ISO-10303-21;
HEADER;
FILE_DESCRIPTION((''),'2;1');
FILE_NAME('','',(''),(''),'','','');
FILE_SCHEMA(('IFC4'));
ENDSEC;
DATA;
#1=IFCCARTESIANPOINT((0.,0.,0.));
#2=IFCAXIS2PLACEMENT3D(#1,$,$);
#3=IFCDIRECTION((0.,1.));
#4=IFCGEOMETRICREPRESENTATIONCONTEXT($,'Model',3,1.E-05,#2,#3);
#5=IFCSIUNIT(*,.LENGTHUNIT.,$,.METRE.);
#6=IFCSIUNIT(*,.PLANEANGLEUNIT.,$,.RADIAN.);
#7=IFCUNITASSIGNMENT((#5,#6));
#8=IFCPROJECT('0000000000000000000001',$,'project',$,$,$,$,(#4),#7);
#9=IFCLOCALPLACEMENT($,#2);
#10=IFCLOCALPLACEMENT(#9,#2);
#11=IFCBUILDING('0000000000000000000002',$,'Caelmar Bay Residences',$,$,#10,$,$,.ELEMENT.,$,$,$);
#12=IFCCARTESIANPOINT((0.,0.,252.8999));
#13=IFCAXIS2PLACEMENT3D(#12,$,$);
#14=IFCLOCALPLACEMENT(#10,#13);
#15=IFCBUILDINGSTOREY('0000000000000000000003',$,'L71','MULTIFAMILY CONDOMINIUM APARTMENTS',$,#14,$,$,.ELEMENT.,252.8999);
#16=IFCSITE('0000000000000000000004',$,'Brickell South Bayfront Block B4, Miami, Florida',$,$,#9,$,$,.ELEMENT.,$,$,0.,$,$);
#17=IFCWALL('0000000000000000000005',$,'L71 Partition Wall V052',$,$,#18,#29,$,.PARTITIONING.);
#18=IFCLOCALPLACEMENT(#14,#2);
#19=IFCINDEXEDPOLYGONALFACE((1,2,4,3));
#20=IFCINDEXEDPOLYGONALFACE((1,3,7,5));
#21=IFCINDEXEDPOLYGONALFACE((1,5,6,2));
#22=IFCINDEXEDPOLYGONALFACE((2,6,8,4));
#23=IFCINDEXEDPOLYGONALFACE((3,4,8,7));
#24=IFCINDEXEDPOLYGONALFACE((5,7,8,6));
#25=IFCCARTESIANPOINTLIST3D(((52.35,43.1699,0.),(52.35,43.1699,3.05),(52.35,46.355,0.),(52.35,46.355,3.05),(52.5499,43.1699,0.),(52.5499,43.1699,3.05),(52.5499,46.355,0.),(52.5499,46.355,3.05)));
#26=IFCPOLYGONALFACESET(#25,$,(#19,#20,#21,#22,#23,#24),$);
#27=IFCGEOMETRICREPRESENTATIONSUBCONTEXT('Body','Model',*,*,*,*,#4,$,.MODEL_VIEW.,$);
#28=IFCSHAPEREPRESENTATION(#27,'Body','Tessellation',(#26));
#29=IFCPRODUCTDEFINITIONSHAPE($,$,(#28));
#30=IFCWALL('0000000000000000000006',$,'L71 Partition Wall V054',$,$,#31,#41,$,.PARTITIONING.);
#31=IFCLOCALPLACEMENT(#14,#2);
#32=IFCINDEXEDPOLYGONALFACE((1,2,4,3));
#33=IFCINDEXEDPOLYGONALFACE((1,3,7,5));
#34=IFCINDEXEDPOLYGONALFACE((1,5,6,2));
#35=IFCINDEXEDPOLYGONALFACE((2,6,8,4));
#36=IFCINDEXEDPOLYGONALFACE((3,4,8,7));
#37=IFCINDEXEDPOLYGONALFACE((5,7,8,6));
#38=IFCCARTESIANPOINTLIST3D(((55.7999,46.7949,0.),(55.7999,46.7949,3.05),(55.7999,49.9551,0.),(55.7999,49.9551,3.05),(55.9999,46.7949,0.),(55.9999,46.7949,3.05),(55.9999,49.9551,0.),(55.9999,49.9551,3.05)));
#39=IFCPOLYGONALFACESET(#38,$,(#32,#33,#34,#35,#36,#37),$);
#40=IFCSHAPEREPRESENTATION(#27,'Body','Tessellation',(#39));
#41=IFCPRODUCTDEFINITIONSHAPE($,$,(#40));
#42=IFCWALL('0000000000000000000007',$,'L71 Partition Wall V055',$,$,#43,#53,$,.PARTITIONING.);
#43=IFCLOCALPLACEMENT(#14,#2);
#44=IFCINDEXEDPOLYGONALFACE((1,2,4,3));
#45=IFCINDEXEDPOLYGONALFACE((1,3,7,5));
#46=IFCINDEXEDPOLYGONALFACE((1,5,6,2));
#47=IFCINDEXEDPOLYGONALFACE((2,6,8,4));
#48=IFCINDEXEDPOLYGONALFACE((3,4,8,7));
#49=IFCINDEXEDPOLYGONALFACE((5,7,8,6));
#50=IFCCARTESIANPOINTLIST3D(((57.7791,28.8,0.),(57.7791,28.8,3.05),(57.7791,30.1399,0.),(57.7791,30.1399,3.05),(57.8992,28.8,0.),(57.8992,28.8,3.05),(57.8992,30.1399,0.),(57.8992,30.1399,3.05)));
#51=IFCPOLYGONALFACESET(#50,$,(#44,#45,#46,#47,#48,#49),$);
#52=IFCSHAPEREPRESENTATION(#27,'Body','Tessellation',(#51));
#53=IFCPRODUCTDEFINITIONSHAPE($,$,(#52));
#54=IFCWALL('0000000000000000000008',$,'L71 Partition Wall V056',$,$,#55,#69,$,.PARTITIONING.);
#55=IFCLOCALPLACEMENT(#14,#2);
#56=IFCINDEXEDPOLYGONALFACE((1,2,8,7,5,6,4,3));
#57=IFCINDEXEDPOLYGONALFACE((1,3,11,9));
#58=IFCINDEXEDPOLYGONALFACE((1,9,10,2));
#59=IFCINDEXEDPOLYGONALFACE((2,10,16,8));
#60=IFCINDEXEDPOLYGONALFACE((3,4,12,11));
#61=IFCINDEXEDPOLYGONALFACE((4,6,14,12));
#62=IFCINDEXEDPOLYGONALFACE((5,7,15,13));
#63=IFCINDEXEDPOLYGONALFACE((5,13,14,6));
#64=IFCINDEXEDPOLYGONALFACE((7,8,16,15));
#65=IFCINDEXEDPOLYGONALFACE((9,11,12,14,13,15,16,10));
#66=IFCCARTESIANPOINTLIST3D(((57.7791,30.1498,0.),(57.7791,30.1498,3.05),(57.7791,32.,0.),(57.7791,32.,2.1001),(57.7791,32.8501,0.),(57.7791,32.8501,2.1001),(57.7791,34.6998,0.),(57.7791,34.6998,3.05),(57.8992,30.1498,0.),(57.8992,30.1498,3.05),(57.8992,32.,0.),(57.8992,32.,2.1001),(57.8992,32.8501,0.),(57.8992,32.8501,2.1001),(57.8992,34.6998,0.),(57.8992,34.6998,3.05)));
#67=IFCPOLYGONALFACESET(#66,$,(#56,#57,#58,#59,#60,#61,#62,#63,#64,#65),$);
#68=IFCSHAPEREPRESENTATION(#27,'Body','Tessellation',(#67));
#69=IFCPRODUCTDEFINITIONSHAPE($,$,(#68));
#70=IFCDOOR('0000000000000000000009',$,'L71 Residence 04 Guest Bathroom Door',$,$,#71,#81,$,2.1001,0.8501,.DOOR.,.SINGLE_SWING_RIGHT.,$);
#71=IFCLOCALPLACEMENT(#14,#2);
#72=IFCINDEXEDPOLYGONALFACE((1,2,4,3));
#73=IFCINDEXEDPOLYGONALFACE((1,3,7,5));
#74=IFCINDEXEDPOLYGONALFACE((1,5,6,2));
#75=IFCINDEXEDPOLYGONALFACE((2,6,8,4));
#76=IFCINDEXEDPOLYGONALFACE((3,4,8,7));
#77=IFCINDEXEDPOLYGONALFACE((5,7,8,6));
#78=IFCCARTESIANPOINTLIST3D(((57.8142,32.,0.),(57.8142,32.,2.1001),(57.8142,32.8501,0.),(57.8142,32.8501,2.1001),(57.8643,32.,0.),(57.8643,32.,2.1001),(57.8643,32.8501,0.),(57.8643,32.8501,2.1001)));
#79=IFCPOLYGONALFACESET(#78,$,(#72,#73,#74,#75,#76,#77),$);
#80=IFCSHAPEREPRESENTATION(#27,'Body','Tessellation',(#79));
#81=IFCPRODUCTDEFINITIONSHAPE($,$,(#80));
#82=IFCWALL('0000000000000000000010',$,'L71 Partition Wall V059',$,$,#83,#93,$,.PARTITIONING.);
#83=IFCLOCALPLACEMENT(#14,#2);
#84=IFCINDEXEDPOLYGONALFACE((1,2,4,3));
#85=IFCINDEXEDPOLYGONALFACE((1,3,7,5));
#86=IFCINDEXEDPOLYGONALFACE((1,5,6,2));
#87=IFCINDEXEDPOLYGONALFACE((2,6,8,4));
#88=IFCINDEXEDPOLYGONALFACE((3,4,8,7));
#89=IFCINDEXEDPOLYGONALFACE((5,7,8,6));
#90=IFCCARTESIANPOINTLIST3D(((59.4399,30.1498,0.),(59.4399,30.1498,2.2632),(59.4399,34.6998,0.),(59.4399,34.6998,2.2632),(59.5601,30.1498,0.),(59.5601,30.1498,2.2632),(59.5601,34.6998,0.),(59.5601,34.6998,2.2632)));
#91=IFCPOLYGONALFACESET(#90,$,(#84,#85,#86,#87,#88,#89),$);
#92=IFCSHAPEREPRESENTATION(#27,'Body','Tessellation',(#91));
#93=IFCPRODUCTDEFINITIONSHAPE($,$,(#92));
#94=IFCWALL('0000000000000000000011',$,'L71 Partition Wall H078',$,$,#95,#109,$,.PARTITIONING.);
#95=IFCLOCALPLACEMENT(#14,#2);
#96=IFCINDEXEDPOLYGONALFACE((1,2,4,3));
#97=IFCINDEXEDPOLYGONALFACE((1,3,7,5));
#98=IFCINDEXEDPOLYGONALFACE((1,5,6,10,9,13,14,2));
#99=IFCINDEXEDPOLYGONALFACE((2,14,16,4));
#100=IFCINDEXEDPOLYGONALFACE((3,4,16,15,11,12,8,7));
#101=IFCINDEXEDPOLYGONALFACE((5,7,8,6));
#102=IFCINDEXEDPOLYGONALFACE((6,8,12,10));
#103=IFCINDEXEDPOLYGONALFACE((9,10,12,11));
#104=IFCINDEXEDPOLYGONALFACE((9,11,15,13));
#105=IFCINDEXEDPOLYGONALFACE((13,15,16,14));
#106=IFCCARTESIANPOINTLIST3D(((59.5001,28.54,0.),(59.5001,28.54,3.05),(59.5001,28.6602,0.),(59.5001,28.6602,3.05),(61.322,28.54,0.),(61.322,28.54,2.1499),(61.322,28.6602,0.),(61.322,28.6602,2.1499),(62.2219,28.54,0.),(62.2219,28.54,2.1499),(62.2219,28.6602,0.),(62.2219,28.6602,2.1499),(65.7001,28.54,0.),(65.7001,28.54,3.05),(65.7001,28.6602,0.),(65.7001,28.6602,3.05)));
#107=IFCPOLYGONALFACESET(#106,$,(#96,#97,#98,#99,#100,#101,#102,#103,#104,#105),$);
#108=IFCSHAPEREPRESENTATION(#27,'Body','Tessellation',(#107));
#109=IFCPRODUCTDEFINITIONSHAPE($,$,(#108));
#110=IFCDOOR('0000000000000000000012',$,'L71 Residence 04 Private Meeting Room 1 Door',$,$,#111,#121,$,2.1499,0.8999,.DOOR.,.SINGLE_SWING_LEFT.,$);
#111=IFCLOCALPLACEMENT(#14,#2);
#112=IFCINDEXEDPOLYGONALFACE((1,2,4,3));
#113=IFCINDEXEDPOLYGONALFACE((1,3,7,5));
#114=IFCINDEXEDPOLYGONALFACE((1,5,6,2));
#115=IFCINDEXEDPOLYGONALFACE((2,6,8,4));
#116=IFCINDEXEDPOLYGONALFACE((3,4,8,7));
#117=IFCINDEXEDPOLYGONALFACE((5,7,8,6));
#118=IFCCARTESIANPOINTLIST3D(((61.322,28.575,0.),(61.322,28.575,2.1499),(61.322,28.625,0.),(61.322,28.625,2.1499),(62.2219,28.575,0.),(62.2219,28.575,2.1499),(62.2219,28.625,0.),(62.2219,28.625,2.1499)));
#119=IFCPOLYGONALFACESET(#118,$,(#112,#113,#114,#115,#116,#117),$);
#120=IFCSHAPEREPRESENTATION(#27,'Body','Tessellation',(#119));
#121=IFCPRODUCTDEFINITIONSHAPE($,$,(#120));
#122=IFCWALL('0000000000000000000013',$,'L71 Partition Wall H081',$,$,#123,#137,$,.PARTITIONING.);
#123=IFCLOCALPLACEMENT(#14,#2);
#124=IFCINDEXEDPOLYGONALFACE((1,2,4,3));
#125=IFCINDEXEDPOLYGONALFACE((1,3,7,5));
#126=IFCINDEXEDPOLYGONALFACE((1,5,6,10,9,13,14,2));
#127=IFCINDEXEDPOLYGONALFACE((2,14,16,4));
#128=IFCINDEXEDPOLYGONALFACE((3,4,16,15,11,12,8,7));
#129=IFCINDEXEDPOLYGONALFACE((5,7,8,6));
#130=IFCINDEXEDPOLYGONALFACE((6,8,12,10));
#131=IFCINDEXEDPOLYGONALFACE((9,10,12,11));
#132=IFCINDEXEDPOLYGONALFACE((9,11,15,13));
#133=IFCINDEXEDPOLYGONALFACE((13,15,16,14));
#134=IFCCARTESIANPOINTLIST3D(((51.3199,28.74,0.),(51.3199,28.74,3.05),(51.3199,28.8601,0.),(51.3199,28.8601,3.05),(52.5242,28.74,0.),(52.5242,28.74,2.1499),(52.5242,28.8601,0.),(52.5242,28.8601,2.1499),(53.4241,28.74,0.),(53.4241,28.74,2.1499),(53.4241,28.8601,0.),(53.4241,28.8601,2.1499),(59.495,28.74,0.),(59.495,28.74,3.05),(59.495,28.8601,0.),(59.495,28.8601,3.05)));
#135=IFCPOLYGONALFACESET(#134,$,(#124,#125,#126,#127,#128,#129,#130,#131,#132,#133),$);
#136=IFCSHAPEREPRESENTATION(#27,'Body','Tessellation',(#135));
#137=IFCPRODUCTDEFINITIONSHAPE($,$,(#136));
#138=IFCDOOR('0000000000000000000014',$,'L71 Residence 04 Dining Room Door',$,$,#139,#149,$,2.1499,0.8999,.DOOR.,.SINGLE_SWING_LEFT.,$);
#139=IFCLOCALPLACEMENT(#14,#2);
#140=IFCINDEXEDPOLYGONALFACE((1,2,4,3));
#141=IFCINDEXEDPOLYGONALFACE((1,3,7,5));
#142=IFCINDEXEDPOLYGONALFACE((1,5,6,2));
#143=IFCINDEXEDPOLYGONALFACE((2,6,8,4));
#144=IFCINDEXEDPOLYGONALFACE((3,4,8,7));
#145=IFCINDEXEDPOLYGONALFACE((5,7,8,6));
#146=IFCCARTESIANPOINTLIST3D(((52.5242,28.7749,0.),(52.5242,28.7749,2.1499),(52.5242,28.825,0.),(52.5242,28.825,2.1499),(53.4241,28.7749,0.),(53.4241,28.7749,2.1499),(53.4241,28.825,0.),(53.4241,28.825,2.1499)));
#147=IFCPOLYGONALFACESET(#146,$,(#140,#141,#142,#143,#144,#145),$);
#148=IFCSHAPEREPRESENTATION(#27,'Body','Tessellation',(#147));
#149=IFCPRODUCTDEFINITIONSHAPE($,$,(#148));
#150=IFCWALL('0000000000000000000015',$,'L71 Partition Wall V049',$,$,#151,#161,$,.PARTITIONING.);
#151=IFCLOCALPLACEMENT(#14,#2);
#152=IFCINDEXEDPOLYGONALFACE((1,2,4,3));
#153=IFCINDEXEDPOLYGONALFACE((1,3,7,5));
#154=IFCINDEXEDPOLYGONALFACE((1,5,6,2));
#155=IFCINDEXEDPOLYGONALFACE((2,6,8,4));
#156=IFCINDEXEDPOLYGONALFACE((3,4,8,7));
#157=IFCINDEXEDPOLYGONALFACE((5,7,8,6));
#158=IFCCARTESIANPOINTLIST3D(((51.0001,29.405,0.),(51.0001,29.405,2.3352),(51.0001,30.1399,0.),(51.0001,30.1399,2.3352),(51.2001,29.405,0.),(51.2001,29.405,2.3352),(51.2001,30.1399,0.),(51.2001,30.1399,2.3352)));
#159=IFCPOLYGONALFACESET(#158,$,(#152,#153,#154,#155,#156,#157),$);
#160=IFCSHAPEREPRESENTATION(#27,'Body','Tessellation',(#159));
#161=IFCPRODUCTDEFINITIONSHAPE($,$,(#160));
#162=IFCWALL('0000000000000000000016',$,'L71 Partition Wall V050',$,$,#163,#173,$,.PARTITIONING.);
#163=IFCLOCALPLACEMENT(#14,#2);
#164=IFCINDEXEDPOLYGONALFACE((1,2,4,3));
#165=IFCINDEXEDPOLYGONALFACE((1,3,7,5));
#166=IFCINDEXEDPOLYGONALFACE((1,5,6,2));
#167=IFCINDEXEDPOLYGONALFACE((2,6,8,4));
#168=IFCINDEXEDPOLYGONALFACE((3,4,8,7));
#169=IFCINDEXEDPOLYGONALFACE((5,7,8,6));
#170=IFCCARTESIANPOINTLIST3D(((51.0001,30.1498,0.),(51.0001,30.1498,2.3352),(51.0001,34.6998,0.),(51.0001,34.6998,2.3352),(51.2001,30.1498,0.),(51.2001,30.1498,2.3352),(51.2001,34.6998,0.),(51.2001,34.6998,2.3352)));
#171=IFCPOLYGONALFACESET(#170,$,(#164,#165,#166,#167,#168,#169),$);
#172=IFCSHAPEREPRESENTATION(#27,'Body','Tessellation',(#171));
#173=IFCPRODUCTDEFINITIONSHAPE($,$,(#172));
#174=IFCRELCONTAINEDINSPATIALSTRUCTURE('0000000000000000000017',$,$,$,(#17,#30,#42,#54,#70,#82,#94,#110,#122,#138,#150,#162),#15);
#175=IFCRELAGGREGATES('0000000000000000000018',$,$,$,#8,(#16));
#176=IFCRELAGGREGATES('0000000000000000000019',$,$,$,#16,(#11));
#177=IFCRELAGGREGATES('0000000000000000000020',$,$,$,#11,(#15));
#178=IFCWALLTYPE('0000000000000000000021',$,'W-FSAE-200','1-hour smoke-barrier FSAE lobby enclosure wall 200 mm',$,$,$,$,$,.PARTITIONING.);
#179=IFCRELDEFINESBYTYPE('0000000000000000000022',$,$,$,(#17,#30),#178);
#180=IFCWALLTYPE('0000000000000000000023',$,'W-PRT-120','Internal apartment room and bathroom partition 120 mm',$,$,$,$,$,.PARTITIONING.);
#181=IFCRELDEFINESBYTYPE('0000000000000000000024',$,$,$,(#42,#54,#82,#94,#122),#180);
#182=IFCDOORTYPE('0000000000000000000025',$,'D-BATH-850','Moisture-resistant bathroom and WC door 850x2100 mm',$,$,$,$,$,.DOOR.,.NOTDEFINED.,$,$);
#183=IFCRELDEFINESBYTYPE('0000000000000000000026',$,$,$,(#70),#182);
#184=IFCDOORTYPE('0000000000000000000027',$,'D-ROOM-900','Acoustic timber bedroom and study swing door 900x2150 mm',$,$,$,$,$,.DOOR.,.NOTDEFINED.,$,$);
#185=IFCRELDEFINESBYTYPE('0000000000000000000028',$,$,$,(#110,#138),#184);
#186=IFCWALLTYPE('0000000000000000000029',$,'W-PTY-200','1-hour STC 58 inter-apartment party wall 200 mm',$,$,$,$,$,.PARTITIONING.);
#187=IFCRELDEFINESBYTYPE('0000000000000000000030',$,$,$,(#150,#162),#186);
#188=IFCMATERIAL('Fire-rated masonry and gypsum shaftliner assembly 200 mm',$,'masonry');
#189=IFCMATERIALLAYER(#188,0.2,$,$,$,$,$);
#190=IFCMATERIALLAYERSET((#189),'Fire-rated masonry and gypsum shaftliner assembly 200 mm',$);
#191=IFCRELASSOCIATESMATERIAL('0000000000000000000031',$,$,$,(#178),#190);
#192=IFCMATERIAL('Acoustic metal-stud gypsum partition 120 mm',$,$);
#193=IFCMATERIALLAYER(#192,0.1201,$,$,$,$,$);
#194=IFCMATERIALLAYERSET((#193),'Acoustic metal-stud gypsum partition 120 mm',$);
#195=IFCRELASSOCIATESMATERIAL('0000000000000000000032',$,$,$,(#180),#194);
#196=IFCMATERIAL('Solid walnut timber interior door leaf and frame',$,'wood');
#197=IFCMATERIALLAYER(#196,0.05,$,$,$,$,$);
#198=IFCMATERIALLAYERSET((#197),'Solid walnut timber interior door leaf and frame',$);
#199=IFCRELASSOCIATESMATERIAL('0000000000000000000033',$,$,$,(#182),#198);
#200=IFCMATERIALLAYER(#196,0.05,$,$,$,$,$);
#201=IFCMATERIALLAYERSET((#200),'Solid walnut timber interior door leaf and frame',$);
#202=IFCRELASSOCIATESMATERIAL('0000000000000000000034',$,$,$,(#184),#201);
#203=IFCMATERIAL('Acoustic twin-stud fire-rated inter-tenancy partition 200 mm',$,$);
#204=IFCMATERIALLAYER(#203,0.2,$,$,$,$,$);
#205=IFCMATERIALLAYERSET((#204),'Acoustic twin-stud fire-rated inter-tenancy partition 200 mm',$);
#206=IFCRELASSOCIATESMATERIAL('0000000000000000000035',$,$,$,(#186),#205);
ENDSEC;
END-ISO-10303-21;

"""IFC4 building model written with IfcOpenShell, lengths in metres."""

from ifc_helpers import new_model, si_unit, direction, frame, frame_2d, origin, place, context, subcontext, project, spatial, rectangle, extrude, material, layer, layer_set, type_object, element, fill, save


model = new_model("IFC4")

# Units and contexts
model_context = context("Model", 3, precision=1e-05, world=origin(), true_north=direction((0.0, 1.0)))
body_context = subcontext(model_context, "Body", "Model", "MODEL_VIEW")
ifc_project = project(units=[si_unit("LENGTHUNIT", "METRE"), si_unit("PLANEANGLEUNIT", "RADIAN")], contexts=[model_context])

# Site, building, storey
site_placement = place(None, origin())
site = spatial("IfcSite", under=ifc_project, at=site_placement, Name="Brickell South Bayfront Block B4, Miami, Florida", CompositionType="ELEMENT", RefElevation=0.0)
building_placement = place(site_placement, origin())
building = spatial("IfcBuilding", under=site, at=building_placement, Name="Caelmar Bay Residences", CompositionType="ELEMENT")
storey_placement = place(building_placement, frame((0.0, 0.0, 252.8999)))
storey = spatial("IfcBuildingStorey", under=building, at=storey_placement, Name="L71", Description="MULTIFAMILY CONDOMINIUM APARTMENTS", CompositionType="ELEMENT", Elevation=252.8999)

# Walls
ifc_material_1 = material(Name="Fire-rated masonry and gypsum shaftliner assembly 200 mm", Category="masonry")
ifc_layer_1 = layer(ifc_material_1, 0.2)
ifc_layer_set_1 = layer_set([ifc_layer_1], Name="Fire-rated masonry and gypsum shaftliner assembly 200 mm")
wall_type_1 = type_object("IfcWallType", Name="W-FSAE-200", Description="1-hour smoke-barrier FSAE lobby enclosure wall 200 mm", PredefinedType="PARTITIONING", material=ifc_layer_set_1)
wall_1_placement = place(storey_placement, frame((52.45, 43.1699, 0.0), z_axis=(0.0, 0.0, 1.0), x_axis=(0.0, 1.0, 0.0)))
element("IfcWall", 1, at=wall_1_placement, inside=storey, type_object=wall_type_1, Name="L71 Partition Wall V052", PredefinedType="PARTITIONING", context=body_context, shape_type="SweptSolid", body=[
    extrude(rectangle(XDim=3.1851, YDim=0.2, at=frame_2d((1.5925, 0.0))), origin(), (0.0, 0.0, 1.0), 3.05),
])
wall_2_placement = place(storey_placement, frame((55.8999, 46.7949, 0.0), z_axis=(0.0, 0.0, 1.0), x_axis=(0.0, 1.0, 0.0)))
element("IfcWall", 2, at=wall_2_placement, inside=storey, type_object=wall_type_1, Name="L71 Partition Wall V054", PredefinedType="PARTITIONING", context=body_context, shape_type="SweptSolid", body=[
    extrude(rectangle(XDim=3.1602, YDim=0.2, at=frame_2d((1.5801, 0.0))), origin(), (0.0, 0.0, 1.0), 3.05),
])
ifc_material_2 = material(Name="Acoustic metal-stud gypsum partition 120 mm")
ifc_layer_2 = layer(ifc_material_2, 0.1201)
ifc_layer_set_2 = layer_set([ifc_layer_2], Name="Acoustic metal-stud gypsum partition 120 mm")
wall_type_2 = type_object("IfcWallType", Name="W-PRT-120", Description="Internal apartment room and bathroom partition 120 mm", PredefinedType="PARTITIONING", material=ifc_layer_set_2)
wall_3_placement = place(storey_placement, frame((57.8391, 28.8, 0.0), z_axis=(0.0, 0.0, 1.0), x_axis=(0.0, 1.0, 0.0)))
element("IfcWall", 3, at=wall_3_placement, inside=storey, type_object=wall_type_2, Name="L71 Partition Wall V055", PredefinedType="PARTITIONING", context=body_context, shape_type="SweptSolid", body=[
    extrude(rectangle(XDim=1.3398, YDim=0.1201, at=frame_2d((0.6699, 0.0))), origin(), (0.0, 0.0, 1.0), 3.05),
])

# Wall, opening, door
wall_4_placement = place(storey_placement, frame((57.8391, 30.1499, 0.0), z_axis=(0.0, 0.0, 1.0), x_axis=(0.0, 1.0, 0.0)))
wall_4 = element("IfcWall", 4, at=wall_4_placement, inside=storey, type_object=wall_type_2, Name="L71 Partition Wall V056", PredefinedType="PARTITIONING", context=body_context, shape_type="SweptSolid", body=[
    extrude(rectangle(XDim=4.55, YDim=0.1201, at=frame_2d((2.2749, 0.0))), origin(), (0.0, 0.0, 1.0), 3.05),
])
opening_1_placement = place(wall_4_placement, frame((1.8501, 0.0, 0.0)))
opening_1 = element("IfcOpeningElement", 5, at=opening_1_placement, cuts=wall_4, PredefinedType="OPENING", context=body_context, shape_type="SweptSolid", body=[
    extrude(rectangle(XDim=0.8501, YDim=2.1001, at=frame_2d((0.425, 1.05))), frame((0.0, 0.0701, 0.0), z_axis=(0.0, -1.0, 0.0), x_axis=(1.0, 0.0, 0.0)), (0.0, 0.0, 1.0), 0.1401),
])
ifc_material_3 = material(Name="Solid walnut timber interior door leaf and frame", Category="wood")
ifc_layer_3 = layer(ifc_material_3, 0.05)
ifc_layer_set_3 = layer_set([ifc_layer_3], Name="Solid walnut timber interior door leaf and frame")
door_type_1 = type_object("IfcDoorType", Name="D-BATH-850", Description="Moisture-resistant bathroom and WC door 850x2100 mm", OperationType="NOTDEFINED", PredefinedType="DOOR", material=ifc_layer_set_3)
door_1_placement = place(opening_1_placement, origin())
door_1 = element("IfcDoor", 6, at=door_1_placement, inside=storey, type_object=door_type_1, Name="L71 Residence 04 Guest Bathroom Door", OperationType="SINGLE_SWING_RIGHT", OverallHeight=2.1001, OverallWidth=0.8501, PredefinedType="DOOR", context=body_context, shape_type="SweptSolid", body=[
    extrude(rectangle(XDim=0.8501, YDim=2.1001, at=frame_2d((0.425, 1.05))), frame((0.0, 0.0249, 0.0), z_axis=(0.0, -1.0, 0.0), x_axis=(1.0, 0.0, 0.0)), (0.0, 0.0, 1.0), 0.05),
])
fill(opening_1, door_1)

# Wall
wall_5_placement = place(storey_placement, frame((59.5, 30.1499, 0.0), z_axis=(0.0, 0.0, 1.0), x_axis=(0.0, 1.0, 0.0)))
element("IfcWall", 7, at=wall_5_placement, inside=storey, type_object=wall_type_2, Name="L71 Partition Wall V059", PredefinedType="PARTITIONING", context=body_context, shape_type="SweptSolid", body=[
    extrude(rectangle(XDim=4.55, YDim=0.1201, at=frame_2d((2.2749, 0.0))), origin(), (0.0, 0.0, 1.0), 2.2632),
])

# Walls, openings, doors
wall_6_placement = place(storey_placement, frame((59.5, 28.6001, 0.0), z_axis=(0.0, 0.0, 1.0), x_axis=(1.0, 0.0, 0.0)))
wall_6 = element("IfcWall", 8, at=wall_6_placement, inside=storey, type_object=wall_type_2, Name="L71 Partition Wall H078", PredefinedType="PARTITIONING", context=body_context, shape_type="SweptSolid", body=[
    extrude(rectangle(XDim=6.2, YDim=0.1201, at=frame_2d((3.1001, 0.0))), origin(), (0.0, 0.0, 1.0), 3.05),
])
opening_2_placement = place(wall_6_placement, frame((1.822, 0.0, 0.0)))
opening_2 = element("IfcOpeningElement", 9, at=opening_2_placement, cuts=wall_6, PredefinedType="OPENING", context=body_context, shape_type="SweptSolid", body=[
    extrude(rectangle(XDim=0.8999, YDim=2.1499, at=frame_2d((0.45, 1.075))), frame((0.0, 0.0701, 0.0), z_axis=(0.0, -1.0, 0.0), x_axis=(1.0, 0.0, 0.0)), (0.0, 0.0, 1.0), 0.1401),
])
ifc_layer_4 = layer(ifc_material_3, 0.05)
ifc_layer_set_4 = layer_set([ifc_layer_4], Name="Solid walnut timber interior door leaf and frame")
door_type_2 = type_object("IfcDoorType", Name="D-ROOM-900", Description="Acoustic timber bedroom and study swing door 900x2150 mm", OperationType="NOTDEFINED", PredefinedType="DOOR", material=ifc_layer_set_4)
door_2_placement = place(opening_2_placement, origin())
door_2 = element("IfcDoor", 10, at=door_2_placement, inside=storey, type_object=door_type_2, Name="L71 Residence 04 Private Meeting Room 1 Door", OperationType="SINGLE_SWING_LEFT", OverallHeight=2.1499, OverallWidth=0.8999, PredefinedType="DOOR", context=body_context, shape_type="SweptSolid", body=[
    extrude(rectangle(XDim=0.8999, YDim=2.1499, at=frame_2d((0.45, 1.075))), frame((0.0, 0.0249, 0.0), z_axis=(0.0, -1.0, 0.0), x_axis=(1.0, 0.0, 0.0)), (0.0, 0.0, 1.0), 0.05),
])
fill(opening_2, door_2)
wall_7_placement = place(storey_placement, frame((51.3201, 28.8, 0.0), z_axis=(0.0, 0.0, 1.0), x_axis=(1.0, 0.0, 0.0)))
wall_7 = element("IfcWall", 11, at=wall_7_placement, inside=storey, type_object=wall_type_2, Name="L71 Partition Wall H081", PredefinedType="PARTITIONING", context=body_context, shape_type="SweptSolid", body=[
    extrude(rectangle(XDim=8.175, YDim=0.1201, at=frame_2d((4.0874, 0.0))), origin(), (0.0, 0.0, 1.0), 3.05),
])
opening_3_placement = place(wall_7_placement, frame((1.2041, 0.0, 0.0)))
opening_3 = element("IfcOpeningElement", 12, at=opening_3_placement, cuts=wall_7, PredefinedType="OPENING", context=body_context, shape_type="SweptSolid", body=[
    extrude(rectangle(XDim=0.8999, YDim=2.1499, at=frame_2d((0.45, 1.075))), frame((0.0, 0.0701, 0.0), z_axis=(0.0, -1.0, 0.0), x_axis=(1.0, 0.0, 0.0)), (0.0, 0.0, 1.0), 0.1401),
])
door_3_placement = place(opening_3_placement, origin())
door_3 = element("IfcDoor", 13, at=door_3_placement, inside=storey, type_object=door_type_2, Name="L71 Residence 04 Dining Room Door", OperationType="SINGLE_SWING_LEFT", OverallHeight=2.1499, OverallWidth=0.8999, PredefinedType="DOOR", context=body_context, shape_type="SweptSolid", body=[
    extrude(rectangle(XDim=0.8999, YDim=2.1499, at=frame_2d((0.45, 1.075))), frame((0.0, 0.0249, 0.0), z_axis=(0.0, -1.0, 0.0), x_axis=(1.0, 0.0, 0.0)), (0.0, 0.0, 1.0), 0.05),
])
fill(opening_3, door_3)

# Walls
ifc_material_4 = material(Name="Acoustic twin-stud fire-rated inter-tenancy partition 200 mm")
ifc_layer_5 = layer(ifc_material_4, 0.2)
ifc_layer_set_5 = layer_set([ifc_layer_5], Name="Acoustic twin-stud fire-rated inter-tenancy partition 200 mm")
wall_type_3 = type_object("IfcWallType", Name="W-PTY-200", Description="1-hour STC 58 inter-apartment party wall 200 mm", PredefinedType="PARTITIONING", material=ifc_layer_set_5)
wall_8_placement = place(storey_placement, frame((51.1001, 29.405, 0.0), z_axis=(0.0, 0.0, 1.0), x_axis=(0.0, 1.0, 0.0)))
element("IfcWall", 14, at=wall_8_placement, inside=storey, type_object=wall_type_3, Name="L71 Partition Wall V049", PredefinedType="PARTITIONING", context=body_context, shape_type="SweptSolid", body=[
    extrude(rectangle(XDim=0.7349, YDim=0.2, at=frame_2d((0.3674, 0.0))), origin(), (0.0, 0.0, 1.0), 2.3352),
])
wall_9_placement = place(storey_placement, frame((51.1001, 30.1499, 0.0), z_axis=(0.0, 0.0, 1.0), x_axis=(0.0, 1.0, 0.0)))
element("IfcWall", 15, at=wall_9_placement, inside=storey, type_object=wall_type_3, Name="L71 Partition Wall V050", PredefinedType="PARTITIONING", context=body_context, shape_type="SweptSolid", body=[
    extrude(rectangle(XDim=4.55, YDim=0.2, at=frame_2d((2.2749, 0.0))), origin(), (0.0, 0.0, 1.0), 2.3352),
])

save(model, "model.ifc")
